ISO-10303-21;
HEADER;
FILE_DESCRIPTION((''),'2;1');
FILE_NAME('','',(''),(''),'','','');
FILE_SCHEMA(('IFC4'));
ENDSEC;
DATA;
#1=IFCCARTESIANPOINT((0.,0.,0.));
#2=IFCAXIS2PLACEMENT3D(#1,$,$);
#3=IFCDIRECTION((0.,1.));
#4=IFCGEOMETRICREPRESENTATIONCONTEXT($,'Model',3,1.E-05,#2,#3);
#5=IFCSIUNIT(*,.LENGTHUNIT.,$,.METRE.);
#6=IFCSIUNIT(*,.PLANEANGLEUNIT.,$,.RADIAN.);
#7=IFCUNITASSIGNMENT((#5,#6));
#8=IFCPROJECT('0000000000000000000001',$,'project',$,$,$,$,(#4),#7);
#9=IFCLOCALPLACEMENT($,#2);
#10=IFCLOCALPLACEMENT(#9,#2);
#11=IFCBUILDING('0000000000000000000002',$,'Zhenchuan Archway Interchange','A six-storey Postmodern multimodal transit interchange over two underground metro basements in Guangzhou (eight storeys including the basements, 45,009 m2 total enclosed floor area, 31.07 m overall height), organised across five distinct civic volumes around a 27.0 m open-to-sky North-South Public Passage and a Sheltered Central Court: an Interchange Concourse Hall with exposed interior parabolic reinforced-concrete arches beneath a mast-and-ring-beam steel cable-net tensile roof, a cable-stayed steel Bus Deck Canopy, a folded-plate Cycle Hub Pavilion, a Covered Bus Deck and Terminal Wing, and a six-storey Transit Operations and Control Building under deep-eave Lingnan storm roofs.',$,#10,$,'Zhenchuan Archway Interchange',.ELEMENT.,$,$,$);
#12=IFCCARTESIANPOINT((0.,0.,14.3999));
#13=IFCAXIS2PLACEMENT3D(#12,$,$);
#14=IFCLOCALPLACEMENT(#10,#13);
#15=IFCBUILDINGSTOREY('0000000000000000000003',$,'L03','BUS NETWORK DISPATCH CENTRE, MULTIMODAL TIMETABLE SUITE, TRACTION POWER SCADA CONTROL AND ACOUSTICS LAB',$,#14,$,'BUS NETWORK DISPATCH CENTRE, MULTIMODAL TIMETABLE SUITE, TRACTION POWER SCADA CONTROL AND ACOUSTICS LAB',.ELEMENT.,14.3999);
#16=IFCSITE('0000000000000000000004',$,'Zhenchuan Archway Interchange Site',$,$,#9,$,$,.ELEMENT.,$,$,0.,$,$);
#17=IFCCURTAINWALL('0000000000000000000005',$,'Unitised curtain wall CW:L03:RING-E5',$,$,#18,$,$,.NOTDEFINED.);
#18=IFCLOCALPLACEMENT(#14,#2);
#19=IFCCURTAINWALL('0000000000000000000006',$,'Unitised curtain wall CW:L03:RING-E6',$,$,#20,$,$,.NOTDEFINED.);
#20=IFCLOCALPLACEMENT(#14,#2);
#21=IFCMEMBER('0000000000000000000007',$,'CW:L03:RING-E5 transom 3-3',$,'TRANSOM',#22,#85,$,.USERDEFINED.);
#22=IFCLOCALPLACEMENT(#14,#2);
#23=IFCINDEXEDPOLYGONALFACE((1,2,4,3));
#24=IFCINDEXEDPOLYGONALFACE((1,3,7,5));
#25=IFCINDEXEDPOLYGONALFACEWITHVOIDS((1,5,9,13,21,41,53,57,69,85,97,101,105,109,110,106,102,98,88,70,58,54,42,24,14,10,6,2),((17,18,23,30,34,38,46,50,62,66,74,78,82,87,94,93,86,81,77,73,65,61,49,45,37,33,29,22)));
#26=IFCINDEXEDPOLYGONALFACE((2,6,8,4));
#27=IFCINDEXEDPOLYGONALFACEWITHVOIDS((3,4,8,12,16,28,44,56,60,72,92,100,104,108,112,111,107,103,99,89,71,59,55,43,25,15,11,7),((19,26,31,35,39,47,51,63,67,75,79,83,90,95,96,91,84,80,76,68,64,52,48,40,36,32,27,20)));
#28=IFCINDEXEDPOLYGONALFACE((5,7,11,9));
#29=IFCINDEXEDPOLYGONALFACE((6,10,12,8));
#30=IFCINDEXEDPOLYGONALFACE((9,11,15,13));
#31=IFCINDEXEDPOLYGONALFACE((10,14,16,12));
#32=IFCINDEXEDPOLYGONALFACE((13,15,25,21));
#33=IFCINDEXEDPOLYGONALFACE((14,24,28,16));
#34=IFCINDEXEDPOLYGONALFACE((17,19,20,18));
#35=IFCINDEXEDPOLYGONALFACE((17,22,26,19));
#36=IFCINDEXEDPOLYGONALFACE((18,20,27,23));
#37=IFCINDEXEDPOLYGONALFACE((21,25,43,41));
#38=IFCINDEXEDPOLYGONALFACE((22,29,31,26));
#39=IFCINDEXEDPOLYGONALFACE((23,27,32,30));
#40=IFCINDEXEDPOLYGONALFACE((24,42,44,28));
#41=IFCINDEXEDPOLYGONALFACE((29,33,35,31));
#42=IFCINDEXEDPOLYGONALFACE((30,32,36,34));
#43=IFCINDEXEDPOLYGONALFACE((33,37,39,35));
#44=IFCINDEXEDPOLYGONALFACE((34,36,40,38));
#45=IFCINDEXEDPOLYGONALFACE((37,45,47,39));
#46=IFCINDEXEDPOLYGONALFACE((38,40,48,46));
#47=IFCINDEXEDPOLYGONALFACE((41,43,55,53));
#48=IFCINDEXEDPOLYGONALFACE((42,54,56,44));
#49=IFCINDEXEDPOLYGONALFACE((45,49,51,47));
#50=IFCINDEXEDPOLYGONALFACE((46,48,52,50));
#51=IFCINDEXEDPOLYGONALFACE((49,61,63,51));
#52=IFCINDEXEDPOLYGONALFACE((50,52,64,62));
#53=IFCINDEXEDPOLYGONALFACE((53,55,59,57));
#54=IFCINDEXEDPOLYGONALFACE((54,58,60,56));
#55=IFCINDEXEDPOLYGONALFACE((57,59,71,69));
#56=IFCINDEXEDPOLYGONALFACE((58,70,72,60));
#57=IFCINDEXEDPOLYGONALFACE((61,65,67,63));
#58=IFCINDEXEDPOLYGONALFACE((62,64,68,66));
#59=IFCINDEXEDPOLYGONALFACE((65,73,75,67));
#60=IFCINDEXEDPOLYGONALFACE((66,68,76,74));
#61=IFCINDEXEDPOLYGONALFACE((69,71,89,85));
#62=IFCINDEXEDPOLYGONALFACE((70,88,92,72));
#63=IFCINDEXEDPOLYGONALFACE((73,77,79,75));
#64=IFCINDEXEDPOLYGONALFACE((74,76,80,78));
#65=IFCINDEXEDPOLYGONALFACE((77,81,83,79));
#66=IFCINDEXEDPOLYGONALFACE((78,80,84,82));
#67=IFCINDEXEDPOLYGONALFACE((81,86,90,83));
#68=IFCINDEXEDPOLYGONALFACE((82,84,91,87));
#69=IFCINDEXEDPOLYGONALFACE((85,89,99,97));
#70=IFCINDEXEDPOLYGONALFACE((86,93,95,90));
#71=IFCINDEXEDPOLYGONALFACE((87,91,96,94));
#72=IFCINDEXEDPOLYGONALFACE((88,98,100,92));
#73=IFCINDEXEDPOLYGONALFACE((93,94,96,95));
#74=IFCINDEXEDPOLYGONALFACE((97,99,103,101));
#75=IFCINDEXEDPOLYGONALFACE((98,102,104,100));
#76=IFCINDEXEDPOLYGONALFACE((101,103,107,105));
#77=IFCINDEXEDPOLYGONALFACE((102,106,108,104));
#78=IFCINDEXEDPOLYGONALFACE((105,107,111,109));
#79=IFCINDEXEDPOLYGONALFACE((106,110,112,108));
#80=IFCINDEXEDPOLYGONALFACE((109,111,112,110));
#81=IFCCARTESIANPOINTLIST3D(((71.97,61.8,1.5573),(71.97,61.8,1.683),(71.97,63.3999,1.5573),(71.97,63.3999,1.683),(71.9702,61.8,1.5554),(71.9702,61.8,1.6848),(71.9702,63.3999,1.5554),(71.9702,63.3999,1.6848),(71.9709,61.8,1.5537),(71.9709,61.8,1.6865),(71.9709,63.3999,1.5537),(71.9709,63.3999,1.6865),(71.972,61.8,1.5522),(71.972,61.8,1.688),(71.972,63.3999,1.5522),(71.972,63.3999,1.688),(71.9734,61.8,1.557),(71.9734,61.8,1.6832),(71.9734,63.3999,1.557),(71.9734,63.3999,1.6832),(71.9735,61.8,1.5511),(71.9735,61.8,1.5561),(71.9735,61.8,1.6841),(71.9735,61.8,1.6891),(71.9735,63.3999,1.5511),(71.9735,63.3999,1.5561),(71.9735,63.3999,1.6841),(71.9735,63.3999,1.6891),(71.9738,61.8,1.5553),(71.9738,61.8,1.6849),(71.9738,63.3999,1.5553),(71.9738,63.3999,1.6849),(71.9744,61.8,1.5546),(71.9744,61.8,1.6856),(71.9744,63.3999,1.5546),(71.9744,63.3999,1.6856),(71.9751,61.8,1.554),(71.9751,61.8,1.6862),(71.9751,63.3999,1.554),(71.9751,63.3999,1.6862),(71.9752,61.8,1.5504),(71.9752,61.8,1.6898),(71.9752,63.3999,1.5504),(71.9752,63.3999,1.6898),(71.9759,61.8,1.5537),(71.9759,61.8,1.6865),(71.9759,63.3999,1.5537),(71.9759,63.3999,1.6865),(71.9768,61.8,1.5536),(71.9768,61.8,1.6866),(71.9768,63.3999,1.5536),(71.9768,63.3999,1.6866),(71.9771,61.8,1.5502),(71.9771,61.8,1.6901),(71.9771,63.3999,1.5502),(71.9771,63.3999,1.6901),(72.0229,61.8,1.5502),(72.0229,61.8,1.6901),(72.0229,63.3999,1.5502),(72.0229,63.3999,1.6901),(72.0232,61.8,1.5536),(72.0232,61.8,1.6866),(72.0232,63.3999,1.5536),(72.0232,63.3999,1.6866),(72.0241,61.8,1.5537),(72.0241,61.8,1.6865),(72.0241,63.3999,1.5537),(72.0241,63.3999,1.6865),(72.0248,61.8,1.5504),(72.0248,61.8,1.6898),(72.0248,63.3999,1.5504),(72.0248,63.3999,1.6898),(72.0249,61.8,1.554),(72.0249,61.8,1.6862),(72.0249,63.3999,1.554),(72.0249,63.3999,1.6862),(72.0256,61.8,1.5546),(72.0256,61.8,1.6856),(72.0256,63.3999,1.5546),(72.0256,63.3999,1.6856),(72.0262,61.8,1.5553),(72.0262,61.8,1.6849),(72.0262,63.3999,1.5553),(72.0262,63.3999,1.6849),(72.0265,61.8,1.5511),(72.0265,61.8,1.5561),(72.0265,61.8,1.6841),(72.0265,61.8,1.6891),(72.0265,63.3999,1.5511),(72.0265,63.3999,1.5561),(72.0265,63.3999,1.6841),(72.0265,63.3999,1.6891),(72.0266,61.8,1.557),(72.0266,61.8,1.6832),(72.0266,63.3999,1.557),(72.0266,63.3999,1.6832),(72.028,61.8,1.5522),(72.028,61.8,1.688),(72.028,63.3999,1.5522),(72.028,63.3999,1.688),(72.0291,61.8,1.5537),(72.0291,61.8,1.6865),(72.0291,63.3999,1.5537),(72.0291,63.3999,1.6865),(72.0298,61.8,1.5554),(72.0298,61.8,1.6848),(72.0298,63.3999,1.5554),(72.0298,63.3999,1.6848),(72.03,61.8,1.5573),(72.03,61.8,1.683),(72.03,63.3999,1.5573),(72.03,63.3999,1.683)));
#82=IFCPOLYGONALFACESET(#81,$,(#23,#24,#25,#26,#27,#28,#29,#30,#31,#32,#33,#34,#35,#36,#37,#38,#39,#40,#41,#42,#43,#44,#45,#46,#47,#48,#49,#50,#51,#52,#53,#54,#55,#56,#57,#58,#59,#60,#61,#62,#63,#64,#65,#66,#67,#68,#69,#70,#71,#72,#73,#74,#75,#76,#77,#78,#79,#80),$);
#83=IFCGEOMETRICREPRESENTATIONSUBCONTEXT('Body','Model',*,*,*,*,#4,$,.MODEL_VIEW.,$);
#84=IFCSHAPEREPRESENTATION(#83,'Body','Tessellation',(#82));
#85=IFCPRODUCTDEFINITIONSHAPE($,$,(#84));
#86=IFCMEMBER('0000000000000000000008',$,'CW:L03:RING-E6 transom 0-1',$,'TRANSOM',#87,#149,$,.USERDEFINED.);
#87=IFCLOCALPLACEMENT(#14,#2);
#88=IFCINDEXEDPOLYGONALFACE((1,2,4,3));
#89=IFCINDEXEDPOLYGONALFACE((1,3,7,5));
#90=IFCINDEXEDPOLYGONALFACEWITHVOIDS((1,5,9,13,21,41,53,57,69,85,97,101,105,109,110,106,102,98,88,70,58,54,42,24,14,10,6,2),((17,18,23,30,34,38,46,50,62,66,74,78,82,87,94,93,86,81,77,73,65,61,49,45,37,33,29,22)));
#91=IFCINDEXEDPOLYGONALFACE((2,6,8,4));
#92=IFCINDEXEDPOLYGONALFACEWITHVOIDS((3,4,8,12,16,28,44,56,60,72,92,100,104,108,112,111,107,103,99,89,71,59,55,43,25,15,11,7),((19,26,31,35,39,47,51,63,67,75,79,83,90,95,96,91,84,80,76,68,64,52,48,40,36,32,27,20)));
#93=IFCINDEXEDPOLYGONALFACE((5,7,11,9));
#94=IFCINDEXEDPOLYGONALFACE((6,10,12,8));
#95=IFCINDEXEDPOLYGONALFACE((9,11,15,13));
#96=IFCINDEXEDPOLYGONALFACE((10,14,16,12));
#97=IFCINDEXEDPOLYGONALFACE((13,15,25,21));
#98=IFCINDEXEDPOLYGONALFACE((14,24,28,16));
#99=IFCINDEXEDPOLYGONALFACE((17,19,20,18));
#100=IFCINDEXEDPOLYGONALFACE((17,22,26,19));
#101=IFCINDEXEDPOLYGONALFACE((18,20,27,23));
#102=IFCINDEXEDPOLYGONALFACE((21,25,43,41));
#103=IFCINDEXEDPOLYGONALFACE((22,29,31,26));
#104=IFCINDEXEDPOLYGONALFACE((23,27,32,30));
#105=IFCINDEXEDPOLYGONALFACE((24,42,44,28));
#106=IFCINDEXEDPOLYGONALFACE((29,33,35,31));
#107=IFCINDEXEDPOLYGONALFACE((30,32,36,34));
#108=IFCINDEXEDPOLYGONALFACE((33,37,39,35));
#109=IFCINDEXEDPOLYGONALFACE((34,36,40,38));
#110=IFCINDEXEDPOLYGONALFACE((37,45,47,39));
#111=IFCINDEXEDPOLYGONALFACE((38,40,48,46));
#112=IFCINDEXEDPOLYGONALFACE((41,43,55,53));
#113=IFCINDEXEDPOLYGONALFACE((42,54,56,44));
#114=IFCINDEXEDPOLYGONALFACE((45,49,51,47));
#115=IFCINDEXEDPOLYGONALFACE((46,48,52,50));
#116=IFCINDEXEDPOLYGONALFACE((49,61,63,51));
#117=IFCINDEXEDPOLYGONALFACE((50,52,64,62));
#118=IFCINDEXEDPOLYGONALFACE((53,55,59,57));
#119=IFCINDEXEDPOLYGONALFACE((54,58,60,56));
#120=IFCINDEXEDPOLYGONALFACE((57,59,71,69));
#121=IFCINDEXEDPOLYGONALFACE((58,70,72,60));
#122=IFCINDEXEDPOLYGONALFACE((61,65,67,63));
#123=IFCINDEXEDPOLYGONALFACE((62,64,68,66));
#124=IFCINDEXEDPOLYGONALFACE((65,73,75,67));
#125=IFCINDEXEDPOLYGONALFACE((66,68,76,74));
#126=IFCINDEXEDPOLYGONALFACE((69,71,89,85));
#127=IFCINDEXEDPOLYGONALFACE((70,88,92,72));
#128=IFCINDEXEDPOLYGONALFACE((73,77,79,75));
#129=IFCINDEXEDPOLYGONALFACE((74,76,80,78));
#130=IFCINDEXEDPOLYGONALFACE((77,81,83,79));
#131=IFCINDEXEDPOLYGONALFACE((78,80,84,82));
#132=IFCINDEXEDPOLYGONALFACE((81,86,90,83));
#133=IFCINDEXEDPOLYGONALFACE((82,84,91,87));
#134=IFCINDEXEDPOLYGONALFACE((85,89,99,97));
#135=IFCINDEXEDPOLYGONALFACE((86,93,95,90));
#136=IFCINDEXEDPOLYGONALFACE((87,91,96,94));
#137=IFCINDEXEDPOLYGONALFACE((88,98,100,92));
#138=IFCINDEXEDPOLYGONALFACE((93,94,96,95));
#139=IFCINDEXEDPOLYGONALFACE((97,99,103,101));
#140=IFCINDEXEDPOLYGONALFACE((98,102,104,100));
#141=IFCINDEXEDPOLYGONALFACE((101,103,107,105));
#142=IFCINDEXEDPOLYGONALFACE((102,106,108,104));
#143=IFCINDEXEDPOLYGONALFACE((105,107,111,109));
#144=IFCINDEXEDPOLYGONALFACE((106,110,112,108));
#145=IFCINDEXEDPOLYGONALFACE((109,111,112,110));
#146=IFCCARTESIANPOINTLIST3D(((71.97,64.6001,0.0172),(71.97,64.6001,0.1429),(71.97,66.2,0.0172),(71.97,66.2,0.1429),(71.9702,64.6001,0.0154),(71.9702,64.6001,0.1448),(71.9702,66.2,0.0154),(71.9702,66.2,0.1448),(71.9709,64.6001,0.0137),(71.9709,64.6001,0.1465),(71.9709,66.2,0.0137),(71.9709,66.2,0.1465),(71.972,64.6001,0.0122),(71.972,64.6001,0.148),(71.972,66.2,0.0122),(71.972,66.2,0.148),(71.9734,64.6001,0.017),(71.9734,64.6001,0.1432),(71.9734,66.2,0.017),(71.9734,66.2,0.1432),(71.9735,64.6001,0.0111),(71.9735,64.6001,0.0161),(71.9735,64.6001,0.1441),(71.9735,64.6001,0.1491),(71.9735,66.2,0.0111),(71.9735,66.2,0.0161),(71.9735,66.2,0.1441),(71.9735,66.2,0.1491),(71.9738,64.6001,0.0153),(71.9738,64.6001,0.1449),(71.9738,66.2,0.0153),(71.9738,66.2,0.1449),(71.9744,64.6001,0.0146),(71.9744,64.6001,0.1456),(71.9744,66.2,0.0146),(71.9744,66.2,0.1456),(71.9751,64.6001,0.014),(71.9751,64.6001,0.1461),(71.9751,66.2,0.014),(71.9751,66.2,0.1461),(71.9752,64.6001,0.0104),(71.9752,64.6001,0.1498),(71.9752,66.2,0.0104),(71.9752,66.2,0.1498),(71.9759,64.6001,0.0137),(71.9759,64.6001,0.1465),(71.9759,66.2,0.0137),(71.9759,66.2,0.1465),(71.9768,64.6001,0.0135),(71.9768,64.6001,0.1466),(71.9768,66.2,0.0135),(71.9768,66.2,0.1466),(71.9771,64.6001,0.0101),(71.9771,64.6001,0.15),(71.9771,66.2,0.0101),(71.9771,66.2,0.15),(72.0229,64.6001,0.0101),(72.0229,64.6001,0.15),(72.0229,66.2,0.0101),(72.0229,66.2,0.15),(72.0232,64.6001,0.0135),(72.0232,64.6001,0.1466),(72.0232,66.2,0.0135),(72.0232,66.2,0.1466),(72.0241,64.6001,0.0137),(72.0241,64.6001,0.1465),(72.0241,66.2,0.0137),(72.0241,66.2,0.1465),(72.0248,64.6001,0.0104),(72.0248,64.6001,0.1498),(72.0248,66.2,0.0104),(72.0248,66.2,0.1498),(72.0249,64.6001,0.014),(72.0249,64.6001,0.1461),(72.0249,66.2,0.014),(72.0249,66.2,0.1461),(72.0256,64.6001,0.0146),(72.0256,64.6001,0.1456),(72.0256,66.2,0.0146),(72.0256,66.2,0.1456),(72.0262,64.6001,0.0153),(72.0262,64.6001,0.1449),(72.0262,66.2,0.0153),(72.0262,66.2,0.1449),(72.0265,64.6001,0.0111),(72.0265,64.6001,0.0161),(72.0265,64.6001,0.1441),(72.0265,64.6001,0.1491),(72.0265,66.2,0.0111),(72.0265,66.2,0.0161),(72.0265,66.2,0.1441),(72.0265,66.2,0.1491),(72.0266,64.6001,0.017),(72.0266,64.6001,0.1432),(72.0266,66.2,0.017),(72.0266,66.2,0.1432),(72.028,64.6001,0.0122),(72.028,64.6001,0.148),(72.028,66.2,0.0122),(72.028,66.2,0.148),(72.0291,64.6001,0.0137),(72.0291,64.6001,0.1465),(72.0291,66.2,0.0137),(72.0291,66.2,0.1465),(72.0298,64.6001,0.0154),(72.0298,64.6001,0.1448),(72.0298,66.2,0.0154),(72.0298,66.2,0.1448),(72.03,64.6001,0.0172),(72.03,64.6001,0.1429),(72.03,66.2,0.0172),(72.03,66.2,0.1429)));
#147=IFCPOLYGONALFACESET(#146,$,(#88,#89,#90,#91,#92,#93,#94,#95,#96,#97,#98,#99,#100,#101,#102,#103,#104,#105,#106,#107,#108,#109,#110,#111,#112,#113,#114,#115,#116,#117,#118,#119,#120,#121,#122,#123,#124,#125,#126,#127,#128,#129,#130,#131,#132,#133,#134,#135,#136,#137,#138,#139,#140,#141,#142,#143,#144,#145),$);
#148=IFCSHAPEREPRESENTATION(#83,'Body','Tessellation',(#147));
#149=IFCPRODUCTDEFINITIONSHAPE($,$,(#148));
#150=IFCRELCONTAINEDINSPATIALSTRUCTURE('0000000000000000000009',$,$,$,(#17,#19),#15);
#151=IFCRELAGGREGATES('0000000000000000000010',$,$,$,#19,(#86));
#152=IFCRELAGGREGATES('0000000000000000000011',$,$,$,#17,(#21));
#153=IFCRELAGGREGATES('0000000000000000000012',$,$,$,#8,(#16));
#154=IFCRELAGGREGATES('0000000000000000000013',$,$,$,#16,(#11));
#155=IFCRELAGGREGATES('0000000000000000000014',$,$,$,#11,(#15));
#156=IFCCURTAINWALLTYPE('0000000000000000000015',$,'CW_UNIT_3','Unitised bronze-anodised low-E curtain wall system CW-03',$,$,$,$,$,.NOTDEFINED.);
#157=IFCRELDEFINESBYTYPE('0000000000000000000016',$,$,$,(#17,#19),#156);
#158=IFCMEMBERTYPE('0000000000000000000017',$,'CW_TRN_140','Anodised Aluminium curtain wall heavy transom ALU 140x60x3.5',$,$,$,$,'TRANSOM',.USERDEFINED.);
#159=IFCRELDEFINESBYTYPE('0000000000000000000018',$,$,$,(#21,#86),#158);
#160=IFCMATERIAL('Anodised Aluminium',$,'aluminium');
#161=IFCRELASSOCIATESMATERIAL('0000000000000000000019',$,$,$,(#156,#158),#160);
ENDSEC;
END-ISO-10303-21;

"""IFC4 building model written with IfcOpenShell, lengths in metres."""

from ifc_helpers import new_model, si_unit, direction, frame, origin, origin_2d, place, context, subcontext, project, spatial, hollow_rectangle, extrude, material, material_profile, profile_set, type_object, element, aggregate, save


model = new_model("IFC4")

# Units and contexts
model_context = context("Model", 3, precision=1e-05, world=origin(), true_north=direction((0.0, 1.0)))
body_context = subcontext(model_context, "Body", "Model", "MODEL_VIEW")
ifc_project = project(units=[si_unit("LENGTHUNIT", "METRE"), si_unit("PLANEANGLEUNIT", "RADIAN")], contexts=[model_context])

# Site, building, storey
site_placement = place(None, origin())
site = spatial("IfcSite", under=ifc_project, at=site_placement, Name="Zhenchuan Archway Interchange Site", CompositionType="ELEMENT", RefElevation=0.0)
building_placement = place(site_placement, origin())
building = spatial("IfcBuilding", under=site, at=building_placement, Name="Zhenchuan Archway Interchange", Description="A six-storey Postmodern multimodal transit interchange over two underground metro basements in Guangzhou (eight storeys including the basements, 45,009 m2 total enclosed floor area, 31.07 m overall height), organised across five distinct civic volumes around a 27.0 m open-to-sky North-South Public Passage and a Sheltered Central Court: an Interchange Concourse Hall with exposed interior parabolic reinforced-concrete arches beneath a mast-and-ring-beam steel cable-net tensile roof, a cable-stayed steel Bus Deck Canopy, a folded-plate Cycle Hub Pavilion, a Covered Bus Deck and Terminal Wing, and a six-storey Transit Operations and Control Building under deep-eave Lingnan storm roofs.", LongName="Zhenchuan Archway Interchange", CompositionType="ELEMENT")
storey_placement = place(building_placement, frame((0.0, 0.0, 14.3999)))
storey = spatial("IfcBuildingStorey", under=building, at=storey_placement, Name="L03", Description="BUS NETWORK DISPATCH CENTRE, MULTIMODAL TIMETABLE SUITE, TRACTION POWER SCADA CONTROL AND ACOUSTICS LAB", LongName="BUS NETWORK DISPATCH CENTRE, MULTIMODAL TIMETABLE SUITE, TRACTION POWER SCADA CONTROL AND ACOUSTICS LAB", CompositionType="ELEMENT", Elevation=14.3999)

# Curtain wall
ifc_material_1 = material(Name="Anodised Aluminium", Category="aluminium")
curtain_wall_type = type_object("IfcCurtainWallType", Name="CW_UNIT_3", Description="Unitised bronze-anodised low-E curtain wall system CW-03", PredefinedType="NOTDEFINED", material=ifc_material_1)
curtain_wall_1_placement = place(storey_placement, origin())
curtain_wall_1 = element("IfcCurtainWall", 1, at=curtain_wall_1_placement, inside=storey, type_object=curtain_wall_type, Name="Unitised curtain wall CW:L03:RING-E5", PredefinedType="NOTDEFINED")

# Curtain wall
curtain_wall_2_placement = place(storey_placement, origin())
curtain_wall_2 = element("IfcCurtainWall", 2, at=curtain_wall_2_placement, inside=storey, type_object=curtain_wall_type, Name="Unitised curtain wall CW:L03:RING-E6", PredefinedType="NOTDEFINED")

# Members
ifc_material_profile_1 = material_profile(ifc_material_1, hollow_rectangle(XDim=0.0601, YDim=0.1399, WallThickness=0.0034, InnerFilletRadius=0.0034, OuterFilletRadius=0.0071, at=origin_2d()), Name="ALU 140x60x3.5")
ifc_profile_set_1 = profile_set([ifc_material_profile_1], Name="Anodised Aluminium")
member_type_1 = type_object("IfcMemberType", Name="CW_TRN_140", Description="Anodised Aluminium curtain wall heavy transom ALU 140x60x3.5", ElementType="TRANSOM", PredefinedType="USERDEFINED", material=ifc_profile_set_1)
member_1_placement = place(storey_placement, frame((72.0, 61.8, 1.6201), z_axis=(0.0, 1.0, 0.0), x_axis=(-1.0, 0.0, 0.0)))
member_1 = element("IfcMember", 3, at=member_1_placement, type_object=member_type_1, Name="CW:L03:RING-E5 transom 3-3", ObjectType="TRANSOM", PredefinedType="USERDEFINED", context=body_context, shape_type="SweptSolid", body=[
    extrude(hollow_rectangle(XDim=0.0601, YDim=0.1399, WallThickness=0.0034, InnerFilletRadius=0.0034, OuterFilletRadius=0.0071, at=origin_2d()), origin(), (0.0, 0.0, 1.0), 1.5999),
])
member_2_placement = place(storey_placement, frame((72.0, 64.6001, 0.0801), z_axis=(0.0, 1.0, 0.0), x_axis=(-1.0, 0.0, 0.0)))
member_2 = element("IfcMember", 4, at=member_2_placement, type_object=member_type_1, Name="CW:L03:RING-E6 transom 0-1", ObjectType="TRANSOM", PredefinedType="USERDEFINED", context=body_context, shape_type="SweptSolid", body=[
    extrude(hollow_rectangle(XDim=0.0601, YDim=0.1399, WallThickness=0.0034, InnerFilletRadius=0.0034, OuterFilletRadius=0.0071, at=origin_2d()), origin(), (0.0, 0.0, 1.0), 1.5999),
])
aggregate(curtain_wall_2, [member_2])

aggregate(curtain_wall_1, [member_1])

save(model, "model.ifc")
